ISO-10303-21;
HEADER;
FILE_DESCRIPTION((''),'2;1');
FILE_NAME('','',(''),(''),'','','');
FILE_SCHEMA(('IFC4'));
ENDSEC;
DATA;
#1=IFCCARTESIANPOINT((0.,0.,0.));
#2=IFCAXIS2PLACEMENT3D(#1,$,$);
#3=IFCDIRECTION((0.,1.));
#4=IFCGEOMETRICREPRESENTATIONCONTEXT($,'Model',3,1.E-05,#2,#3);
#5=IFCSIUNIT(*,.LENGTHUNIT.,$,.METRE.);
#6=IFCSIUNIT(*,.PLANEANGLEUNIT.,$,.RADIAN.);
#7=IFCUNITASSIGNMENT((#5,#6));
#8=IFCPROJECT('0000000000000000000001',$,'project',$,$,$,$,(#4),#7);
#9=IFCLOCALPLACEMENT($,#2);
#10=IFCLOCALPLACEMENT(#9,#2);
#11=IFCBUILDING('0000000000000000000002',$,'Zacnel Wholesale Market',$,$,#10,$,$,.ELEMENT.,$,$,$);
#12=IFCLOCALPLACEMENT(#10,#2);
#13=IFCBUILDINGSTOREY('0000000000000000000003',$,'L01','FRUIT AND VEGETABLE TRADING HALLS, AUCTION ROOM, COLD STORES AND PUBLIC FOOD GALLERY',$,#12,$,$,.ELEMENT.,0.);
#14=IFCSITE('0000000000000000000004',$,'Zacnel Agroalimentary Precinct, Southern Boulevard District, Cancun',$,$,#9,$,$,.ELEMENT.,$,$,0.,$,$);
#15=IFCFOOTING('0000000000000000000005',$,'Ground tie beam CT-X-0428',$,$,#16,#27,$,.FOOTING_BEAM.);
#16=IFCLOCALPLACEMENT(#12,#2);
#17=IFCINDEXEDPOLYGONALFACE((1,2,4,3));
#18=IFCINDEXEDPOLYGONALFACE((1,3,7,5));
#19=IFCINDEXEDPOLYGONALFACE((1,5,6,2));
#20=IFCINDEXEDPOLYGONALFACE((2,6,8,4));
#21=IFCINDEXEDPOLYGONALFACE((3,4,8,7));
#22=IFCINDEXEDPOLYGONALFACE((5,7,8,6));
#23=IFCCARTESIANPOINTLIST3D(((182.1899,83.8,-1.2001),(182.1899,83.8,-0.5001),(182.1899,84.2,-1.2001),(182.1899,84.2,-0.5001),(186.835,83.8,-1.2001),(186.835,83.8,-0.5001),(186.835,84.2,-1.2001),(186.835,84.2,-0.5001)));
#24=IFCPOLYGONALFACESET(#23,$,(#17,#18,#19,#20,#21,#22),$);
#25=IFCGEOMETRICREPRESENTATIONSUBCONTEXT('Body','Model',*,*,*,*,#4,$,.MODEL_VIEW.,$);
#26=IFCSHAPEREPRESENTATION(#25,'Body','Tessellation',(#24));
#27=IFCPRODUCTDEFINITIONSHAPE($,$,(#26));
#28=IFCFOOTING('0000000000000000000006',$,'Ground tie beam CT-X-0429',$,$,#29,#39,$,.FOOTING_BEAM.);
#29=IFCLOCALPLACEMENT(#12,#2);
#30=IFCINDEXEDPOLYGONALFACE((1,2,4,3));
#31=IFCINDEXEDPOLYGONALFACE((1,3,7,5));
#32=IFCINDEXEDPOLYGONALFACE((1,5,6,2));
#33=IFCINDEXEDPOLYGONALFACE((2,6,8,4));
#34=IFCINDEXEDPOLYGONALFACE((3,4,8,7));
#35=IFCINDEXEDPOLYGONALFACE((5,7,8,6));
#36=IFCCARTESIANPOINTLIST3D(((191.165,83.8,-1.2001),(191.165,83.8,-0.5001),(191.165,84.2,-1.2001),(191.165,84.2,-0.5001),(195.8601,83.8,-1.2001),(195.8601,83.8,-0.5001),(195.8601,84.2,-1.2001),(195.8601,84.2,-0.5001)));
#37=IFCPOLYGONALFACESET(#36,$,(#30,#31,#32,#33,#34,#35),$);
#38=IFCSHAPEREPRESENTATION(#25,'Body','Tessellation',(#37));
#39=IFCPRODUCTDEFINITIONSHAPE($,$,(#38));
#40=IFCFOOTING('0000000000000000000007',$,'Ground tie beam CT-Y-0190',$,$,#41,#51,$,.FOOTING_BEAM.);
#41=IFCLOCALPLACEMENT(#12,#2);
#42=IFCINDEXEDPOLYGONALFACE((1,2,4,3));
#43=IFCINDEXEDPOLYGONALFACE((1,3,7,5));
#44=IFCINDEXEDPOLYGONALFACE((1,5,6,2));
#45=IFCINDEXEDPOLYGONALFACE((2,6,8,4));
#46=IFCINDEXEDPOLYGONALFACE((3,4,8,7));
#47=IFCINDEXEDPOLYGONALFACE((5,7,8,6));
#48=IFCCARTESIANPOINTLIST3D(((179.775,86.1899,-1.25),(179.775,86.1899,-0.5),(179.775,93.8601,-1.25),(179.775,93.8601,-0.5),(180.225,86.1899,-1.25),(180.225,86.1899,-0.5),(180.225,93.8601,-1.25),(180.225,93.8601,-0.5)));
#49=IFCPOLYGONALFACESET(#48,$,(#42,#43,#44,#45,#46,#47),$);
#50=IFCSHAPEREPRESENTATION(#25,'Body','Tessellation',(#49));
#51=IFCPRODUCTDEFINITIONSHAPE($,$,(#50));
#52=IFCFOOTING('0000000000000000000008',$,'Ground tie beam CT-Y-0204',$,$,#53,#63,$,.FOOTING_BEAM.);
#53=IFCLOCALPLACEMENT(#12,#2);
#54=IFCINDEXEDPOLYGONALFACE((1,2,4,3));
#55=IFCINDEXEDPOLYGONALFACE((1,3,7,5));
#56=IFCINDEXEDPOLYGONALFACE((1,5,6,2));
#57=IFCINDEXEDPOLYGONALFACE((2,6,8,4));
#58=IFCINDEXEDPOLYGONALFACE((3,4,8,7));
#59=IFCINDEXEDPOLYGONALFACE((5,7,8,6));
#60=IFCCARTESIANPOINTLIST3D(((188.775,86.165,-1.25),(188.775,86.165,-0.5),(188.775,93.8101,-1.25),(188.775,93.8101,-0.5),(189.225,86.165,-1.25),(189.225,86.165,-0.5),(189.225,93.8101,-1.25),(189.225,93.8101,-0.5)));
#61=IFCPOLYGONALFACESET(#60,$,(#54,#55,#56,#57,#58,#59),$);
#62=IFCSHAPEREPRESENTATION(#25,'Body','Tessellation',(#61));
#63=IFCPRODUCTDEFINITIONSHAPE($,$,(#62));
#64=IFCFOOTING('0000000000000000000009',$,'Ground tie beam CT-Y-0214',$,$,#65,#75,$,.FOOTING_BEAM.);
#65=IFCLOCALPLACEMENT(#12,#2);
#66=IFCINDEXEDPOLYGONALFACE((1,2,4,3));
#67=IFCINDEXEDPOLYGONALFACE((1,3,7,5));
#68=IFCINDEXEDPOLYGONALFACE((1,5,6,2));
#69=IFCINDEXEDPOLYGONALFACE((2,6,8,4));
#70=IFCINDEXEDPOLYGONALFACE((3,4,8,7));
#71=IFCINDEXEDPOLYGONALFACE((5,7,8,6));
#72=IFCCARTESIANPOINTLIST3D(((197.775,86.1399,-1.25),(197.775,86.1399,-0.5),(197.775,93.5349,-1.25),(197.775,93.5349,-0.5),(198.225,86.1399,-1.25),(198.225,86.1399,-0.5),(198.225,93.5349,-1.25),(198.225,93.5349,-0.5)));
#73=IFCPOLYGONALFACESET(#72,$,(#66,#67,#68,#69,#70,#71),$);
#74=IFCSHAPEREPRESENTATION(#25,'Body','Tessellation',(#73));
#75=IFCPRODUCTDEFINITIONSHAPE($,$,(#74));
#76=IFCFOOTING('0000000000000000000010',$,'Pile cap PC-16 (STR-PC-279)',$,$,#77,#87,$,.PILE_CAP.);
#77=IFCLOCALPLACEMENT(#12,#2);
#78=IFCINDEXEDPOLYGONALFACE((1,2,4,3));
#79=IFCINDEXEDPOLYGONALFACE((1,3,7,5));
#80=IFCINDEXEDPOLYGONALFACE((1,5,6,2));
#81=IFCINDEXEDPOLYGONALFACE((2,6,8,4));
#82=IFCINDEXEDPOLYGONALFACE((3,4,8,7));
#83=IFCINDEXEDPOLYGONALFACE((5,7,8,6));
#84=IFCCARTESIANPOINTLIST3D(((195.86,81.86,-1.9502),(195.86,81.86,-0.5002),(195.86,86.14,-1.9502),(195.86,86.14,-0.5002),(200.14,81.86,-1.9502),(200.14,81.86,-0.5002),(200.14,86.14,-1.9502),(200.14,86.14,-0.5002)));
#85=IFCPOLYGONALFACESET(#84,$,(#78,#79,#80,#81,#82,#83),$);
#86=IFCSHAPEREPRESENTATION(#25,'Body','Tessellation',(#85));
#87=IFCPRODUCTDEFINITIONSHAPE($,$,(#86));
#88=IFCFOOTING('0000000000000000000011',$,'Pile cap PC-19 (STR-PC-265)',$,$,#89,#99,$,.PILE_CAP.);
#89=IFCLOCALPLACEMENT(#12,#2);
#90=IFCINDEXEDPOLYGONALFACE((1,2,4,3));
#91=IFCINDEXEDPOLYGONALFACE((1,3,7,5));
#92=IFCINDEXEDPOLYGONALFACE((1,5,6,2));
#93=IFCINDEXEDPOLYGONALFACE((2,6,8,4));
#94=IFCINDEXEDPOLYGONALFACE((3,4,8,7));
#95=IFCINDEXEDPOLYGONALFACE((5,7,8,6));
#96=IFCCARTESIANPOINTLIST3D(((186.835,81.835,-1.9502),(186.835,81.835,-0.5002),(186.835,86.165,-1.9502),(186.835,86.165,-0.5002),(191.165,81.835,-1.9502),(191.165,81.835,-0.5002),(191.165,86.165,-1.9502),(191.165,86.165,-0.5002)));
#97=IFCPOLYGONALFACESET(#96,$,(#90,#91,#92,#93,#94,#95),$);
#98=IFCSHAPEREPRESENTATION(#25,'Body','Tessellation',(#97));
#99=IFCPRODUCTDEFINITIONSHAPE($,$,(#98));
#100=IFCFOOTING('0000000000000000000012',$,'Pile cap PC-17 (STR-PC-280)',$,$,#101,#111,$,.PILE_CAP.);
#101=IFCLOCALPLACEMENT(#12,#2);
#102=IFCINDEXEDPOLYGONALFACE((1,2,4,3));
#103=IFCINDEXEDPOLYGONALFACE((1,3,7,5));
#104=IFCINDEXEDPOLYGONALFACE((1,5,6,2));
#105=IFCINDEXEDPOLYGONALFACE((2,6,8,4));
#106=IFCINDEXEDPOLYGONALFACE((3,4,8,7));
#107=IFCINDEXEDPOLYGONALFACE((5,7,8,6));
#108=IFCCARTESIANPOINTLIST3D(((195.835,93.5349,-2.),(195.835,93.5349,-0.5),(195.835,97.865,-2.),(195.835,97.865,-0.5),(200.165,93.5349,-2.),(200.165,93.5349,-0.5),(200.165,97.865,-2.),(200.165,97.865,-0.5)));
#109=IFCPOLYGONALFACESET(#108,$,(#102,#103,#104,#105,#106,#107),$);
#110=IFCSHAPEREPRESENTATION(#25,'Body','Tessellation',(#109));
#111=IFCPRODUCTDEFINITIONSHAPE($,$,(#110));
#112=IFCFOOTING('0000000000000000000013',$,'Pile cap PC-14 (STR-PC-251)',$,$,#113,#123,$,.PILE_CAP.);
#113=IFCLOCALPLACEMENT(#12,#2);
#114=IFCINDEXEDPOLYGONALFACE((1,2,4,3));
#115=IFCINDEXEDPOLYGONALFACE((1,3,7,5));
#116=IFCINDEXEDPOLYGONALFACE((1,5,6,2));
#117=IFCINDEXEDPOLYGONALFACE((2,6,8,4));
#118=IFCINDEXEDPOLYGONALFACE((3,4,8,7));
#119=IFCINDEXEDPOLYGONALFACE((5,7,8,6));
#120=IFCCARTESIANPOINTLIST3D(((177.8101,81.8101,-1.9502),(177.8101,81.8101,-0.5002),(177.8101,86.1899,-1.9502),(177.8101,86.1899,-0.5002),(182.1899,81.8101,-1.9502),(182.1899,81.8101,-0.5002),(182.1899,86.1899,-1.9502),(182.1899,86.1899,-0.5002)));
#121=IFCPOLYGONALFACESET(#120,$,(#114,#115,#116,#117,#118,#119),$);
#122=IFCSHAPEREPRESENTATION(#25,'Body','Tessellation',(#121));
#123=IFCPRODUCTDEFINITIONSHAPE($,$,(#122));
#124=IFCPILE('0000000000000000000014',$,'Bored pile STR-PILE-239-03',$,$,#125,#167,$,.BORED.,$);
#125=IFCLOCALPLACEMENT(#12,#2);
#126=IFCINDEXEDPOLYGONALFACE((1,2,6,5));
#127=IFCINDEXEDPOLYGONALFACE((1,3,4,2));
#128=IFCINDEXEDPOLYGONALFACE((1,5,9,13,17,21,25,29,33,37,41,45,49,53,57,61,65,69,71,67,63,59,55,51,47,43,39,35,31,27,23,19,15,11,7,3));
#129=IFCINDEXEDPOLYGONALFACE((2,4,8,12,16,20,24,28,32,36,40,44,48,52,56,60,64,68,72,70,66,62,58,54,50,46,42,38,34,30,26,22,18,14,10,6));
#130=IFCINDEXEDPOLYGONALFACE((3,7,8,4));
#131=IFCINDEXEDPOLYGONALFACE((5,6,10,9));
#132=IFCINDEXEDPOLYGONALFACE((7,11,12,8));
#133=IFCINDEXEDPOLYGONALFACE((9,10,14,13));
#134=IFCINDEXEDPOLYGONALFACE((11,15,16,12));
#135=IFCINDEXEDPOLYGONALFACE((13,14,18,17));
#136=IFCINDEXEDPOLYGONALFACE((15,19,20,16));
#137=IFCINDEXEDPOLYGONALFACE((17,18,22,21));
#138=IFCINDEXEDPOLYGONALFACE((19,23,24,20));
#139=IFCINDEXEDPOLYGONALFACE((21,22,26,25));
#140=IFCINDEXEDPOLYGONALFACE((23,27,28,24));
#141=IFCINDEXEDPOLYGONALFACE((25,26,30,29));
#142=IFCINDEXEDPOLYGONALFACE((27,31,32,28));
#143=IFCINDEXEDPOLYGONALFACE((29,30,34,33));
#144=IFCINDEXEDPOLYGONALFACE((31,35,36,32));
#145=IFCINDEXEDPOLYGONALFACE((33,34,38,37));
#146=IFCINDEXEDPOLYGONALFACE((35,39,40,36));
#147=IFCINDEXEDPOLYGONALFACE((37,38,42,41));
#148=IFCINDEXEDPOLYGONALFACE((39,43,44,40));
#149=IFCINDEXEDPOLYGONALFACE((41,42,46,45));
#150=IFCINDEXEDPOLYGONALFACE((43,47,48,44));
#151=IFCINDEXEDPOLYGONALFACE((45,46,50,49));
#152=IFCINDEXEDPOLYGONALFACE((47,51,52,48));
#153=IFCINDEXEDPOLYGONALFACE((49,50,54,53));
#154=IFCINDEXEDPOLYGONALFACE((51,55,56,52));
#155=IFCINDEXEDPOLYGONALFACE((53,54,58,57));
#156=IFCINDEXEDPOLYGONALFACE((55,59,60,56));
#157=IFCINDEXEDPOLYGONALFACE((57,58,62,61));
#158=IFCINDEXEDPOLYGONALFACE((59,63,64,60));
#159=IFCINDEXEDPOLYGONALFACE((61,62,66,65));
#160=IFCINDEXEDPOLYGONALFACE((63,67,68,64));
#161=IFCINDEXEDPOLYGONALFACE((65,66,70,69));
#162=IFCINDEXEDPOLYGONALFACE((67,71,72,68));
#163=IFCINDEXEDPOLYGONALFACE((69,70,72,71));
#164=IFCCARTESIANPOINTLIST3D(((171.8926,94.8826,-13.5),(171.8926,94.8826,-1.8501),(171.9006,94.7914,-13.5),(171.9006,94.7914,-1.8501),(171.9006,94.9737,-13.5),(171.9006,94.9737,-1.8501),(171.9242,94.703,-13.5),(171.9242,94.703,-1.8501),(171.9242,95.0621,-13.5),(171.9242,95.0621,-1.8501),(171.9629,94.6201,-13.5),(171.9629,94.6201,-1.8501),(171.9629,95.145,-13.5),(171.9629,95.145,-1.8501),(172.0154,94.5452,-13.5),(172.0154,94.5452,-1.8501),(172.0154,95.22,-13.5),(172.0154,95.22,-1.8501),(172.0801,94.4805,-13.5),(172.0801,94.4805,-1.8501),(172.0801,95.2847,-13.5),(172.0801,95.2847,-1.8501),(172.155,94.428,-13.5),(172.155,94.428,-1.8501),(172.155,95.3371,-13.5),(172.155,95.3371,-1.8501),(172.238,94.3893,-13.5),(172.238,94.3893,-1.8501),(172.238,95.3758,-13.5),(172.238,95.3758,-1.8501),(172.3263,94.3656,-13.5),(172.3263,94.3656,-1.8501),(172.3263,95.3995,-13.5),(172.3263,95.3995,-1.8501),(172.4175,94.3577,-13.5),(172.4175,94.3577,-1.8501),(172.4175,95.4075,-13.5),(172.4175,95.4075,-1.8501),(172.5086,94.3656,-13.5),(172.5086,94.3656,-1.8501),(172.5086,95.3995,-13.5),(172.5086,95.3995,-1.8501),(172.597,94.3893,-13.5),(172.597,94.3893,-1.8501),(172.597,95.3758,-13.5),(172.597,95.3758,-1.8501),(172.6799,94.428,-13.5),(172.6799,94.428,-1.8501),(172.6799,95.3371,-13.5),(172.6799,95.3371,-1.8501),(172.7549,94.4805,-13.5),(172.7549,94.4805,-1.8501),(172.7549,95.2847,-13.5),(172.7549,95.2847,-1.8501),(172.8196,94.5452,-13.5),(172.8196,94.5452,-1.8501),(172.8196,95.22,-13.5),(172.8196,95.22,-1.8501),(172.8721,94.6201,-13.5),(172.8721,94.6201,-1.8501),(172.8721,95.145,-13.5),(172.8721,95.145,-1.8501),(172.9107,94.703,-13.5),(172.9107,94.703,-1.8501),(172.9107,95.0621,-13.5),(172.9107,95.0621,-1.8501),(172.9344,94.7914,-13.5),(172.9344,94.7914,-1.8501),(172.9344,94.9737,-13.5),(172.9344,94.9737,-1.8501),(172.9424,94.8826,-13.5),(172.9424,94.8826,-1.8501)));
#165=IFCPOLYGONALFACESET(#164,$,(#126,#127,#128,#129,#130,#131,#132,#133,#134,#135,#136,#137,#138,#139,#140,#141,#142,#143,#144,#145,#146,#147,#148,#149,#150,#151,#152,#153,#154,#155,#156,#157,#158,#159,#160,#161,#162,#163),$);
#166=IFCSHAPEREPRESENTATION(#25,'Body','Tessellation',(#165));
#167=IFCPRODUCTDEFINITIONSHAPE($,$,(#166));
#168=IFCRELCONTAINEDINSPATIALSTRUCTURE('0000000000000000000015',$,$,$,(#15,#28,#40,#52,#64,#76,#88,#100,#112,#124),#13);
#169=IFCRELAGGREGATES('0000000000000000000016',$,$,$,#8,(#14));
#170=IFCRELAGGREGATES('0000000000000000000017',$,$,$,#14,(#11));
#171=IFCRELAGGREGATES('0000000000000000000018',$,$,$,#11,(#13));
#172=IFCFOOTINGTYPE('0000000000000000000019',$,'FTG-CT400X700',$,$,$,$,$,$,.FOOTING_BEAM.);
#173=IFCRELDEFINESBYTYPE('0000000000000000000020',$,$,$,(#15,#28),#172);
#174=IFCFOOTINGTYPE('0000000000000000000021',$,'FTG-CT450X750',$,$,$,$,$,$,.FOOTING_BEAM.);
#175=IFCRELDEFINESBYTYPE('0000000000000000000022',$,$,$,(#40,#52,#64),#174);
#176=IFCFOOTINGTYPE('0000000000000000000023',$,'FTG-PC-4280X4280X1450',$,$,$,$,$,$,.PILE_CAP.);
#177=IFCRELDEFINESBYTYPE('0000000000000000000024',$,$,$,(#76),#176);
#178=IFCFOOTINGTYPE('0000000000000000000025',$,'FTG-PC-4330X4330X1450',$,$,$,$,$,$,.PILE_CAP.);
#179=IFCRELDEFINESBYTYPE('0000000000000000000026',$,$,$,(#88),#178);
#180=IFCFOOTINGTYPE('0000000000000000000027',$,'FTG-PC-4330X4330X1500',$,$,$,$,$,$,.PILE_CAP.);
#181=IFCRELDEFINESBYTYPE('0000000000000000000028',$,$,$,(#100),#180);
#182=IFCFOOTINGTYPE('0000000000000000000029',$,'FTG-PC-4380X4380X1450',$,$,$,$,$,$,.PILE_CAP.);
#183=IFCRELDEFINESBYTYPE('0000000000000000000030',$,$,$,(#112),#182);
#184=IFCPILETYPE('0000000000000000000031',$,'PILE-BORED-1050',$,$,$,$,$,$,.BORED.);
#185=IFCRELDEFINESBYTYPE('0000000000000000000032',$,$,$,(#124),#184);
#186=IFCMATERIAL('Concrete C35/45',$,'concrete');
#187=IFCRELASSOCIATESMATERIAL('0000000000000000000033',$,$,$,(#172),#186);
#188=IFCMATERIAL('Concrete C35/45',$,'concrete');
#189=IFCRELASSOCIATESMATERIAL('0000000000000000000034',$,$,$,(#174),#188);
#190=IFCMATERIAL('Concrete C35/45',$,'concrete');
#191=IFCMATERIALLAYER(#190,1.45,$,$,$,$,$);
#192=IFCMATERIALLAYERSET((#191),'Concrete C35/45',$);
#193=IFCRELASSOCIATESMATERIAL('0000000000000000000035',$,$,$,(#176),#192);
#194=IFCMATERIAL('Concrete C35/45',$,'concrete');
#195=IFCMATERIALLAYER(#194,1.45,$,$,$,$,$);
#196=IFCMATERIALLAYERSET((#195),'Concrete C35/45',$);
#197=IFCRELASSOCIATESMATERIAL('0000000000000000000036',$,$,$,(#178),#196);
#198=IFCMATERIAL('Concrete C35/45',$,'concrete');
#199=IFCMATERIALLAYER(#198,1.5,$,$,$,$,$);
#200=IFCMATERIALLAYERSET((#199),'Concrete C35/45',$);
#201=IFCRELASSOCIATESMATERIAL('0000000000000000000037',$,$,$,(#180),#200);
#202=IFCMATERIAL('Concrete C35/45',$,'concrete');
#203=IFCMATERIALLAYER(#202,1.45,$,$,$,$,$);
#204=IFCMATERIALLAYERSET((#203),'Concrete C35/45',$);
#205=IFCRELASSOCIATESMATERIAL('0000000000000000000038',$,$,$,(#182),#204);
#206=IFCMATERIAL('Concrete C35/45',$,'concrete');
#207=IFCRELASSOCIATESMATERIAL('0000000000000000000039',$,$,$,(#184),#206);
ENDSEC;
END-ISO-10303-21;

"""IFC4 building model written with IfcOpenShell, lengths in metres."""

from ifc_helpers import new_model, si_unit, direction, frame, origin, origin_2d, place, context, subcontext, project, spatial, rectangle, circle, extrude, material, layer, layer_set, material_profile, profile_set, type_object, element, save


model = new_model("IFC4")

# Units and contexts
model_context = context("Model", 3, precision=1e-05, world=origin(), true_north=direction((0.0, 1.0)))
body_context = subcontext(model_context, "Body", "Model", "MODEL_VIEW")
ifc_project = project(units=[si_unit("LENGTHUNIT", "METRE"), si_unit("PLANEANGLEUNIT", "RADIAN")], contexts=[model_context])

# Site, building, storey
site_placement = place(None, origin())
site = spatial("IfcSite", under=ifc_project, at=site_placement, Name="Zacnel Agroalimentary Precinct, Southern Boulevard District, Cancun", CompositionType="ELEMENT", RefElevation=0.0)
building_placement = place(site_placement, origin())
building = spatial("IfcBuilding", under=site, at=building_placement, Name="Zacnel Wholesale Market", CompositionType="ELEMENT")
storey_placement = place(building_placement, origin())
storey = spatial("IfcBuildingStorey", under=building, at=storey_placement, Name="L01", Description="FRUIT AND VEGETABLE TRADING HALLS, AUCTION ROOM, COLD STORES AND PUBLIC FOOD GALLERY", CompositionType="ELEMENT", Elevation=0.0)

# Footings
ifc_material_1 = material(Name="Concrete C35/45", Category="concrete")
ifc_material_profile_1 = material_profile(ifc_material_1, rectangle(XDim=0.3999, YDim=0.7, at=origin_2d()), Name="CT 400x700")
ifc_profile_set_1 = profile_set([ifc_material_profile_1], Name="Concrete C35/45")
footing_type_1 = type_object("IfcFootingType", Name="FTG-CT400X700", PredefinedType="FOOTING_BEAM", material=ifc_profile_set_1)
footing_1_placement = place(storey_placement, frame((182.1899, 84.0, -0.8501), z_axis=(1.0, 0.0, 0.0), x_axis=(0.0, 1.0, 0.0)))
element("IfcFooting", 1, at=footing_1_placement, inside=storey, type_object=footing_type_1, Name="Ground tie beam CT-X-0428", PredefinedType="FOOTING_BEAM", context=body_context, shape_type="SweptSolid", body=[
    extrude(rectangle(XDim=0.3999, YDim=0.7, at=origin_2d()), origin(), (0.0, 0.0, 1.0), 4.645),
])
footing_2_placement = place(storey_placement, frame((191.165, 84.0, -0.8501), z_axis=(1.0, 0.0, 0.0), x_axis=(0.0, 1.0, 0.0)))
element("IfcFooting", 2, at=footing_2_placement, inside=storey, type_object=footing_type_1, Name="Ground tie beam CT-X-0429", PredefinedType="FOOTING_BEAM", context=body_context, shape_type="SweptSolid", body=[
    extrude(rectangle(XDim=0.3999, YDim=0.7, at=origin_2d()), origin(), (0.0, 0.0, 1.0), 4.6951),
])
ifc_material_2 = material(Name="Concrete C35/45", Category="concrete")
ifc_material_profile_2 = material_profile(ifc_material_2, rectangle(XDim=0.45, YDim=0.75, at=origin_2d()), Name="CT 450x750")
ifc_profile_set_2 = profile_set([ifc_material_profile_2], Name="Concrete C35/45")
footing_type_2 = type_object("IfcFootingType", Name="FTG-CT450X750", PredefinedType="FOOTING_BEAM", material=ifc_profile_set_2)
footing_3_placement = place(storey_placement, frame((180.0, 86.1899, -0.875), z_axis=(0.0, 1.0, 0.0), x_axis=(-1.0, 0.0, 0.0)))
element("IfcFooting", 3, at=footing_3_placement, inside=storey, type_object=footing_type_2, Name="Ground tie beam CT-Y-0190", PredefinedType="FOOTING_BEAM", context=body_context, shape_type="SweptSolid", body=[
    extrude(rectangle(XDim=0.45, YDim=0.75, at=origin_2d()), origin(), (0.0, 0.0, 1.0), 7.6702),
])
footing_4_placement = place(storey_placement, frame((189.0, 86.165, -0.875), z_axis=(0.0, 1.0, 0.0), x_axis=(-1.0, 0.0, 0.0)))
element("IfcFooting", 4, at=footing_4_placement, inside=storey, type_object=footing_type_2, Name="Ground tie beam CT-Y-0204", PredefinedType="FOOTING_BEAM", context=body_context, shape_type="SweptSolid", body=[
    extrude(rectangle(XDim=0.45, YDim=0.75, at=origin_2d()), origin(), (0.0, 0.0, 1.0), 7.645),
])
footing_5_placement = place(storey_placement, frame((198.0, 86.1399, -0.875), z_axis=(0.0, 1.0, 0.0), x_axis=(-1.0, 0.0, 0.0)))
element("IfcFooting", 5, at=footing_5_placement, inside=storey, type_object=footing_type_2, Name="Ground tie beam CT-Y-0214", PredefinedType="FOOTING_BEAM", context=body_context, shape_type="SweptSolid", body=[
    extrude(rectangle(XDim=0.45, YDim=0.75, at=origin_2d()), origin(), (0.0, 0.0, 1.0), 7.395),
])
ifc_material_3 = material(Name="Concrete C35/45", Category="concrete")
ifc_layer_1 = layer(ifc_material_3, 1.45)
ifc_layer_set_1 = layer_set([ifc_layer_1], Name="Concrete C35/45")
footing_type_3 = type_object("IfcFootingType", Name="FTG-PC-4280X4280X1450", PredefinedType="PILE_CAP", material=ifc_layer_set_1)
footing_6_placement = place(storey_placement, frame((198.0, 84.0, -1.9502), z_axis=(0.0, 0.0, 1.0), x_axis=(1.0, 0.0, 0.0)))
element("IfcFooting", 6, at=footing_6_placement, inside=storey, type_object=footing_type_3, Name="Pile cap PC-16 (STR-PC-279)", PredefinedType="PILE_CAP", context=body_context, shape_type="SweptSolid", body=[
    extrude(rectangle(XDim=4.28, YDim=4.28, at=origin_2d()), origin(), (0.0, 0.0, 1.0), 1.45),
])
ifc_material_4 = material(Name="Concrete C35/45", Category="concrete")
ifc_layer_2 = layer(ifc_material_4, 1.45)
ifc_layer_set_2 = layer_set([ifc_layer_2], Name="Concrete C35/45")
footing_type_4 = type_object("IfcFootingType", Name="FTG-PC-4330X4330X1450", PredefinedType="PILE_CAP", material=ifc_layer_set_2)
footing_7_placement = place(storey_placement, frame((189.0, 84.0, -1.9502), z_axis=(0.0, 0.0, 1.0), x_axis=(1.0, 0.0, 0.0)))
element("IfcFooting", 7, at=footing_7_placement, inside=storey, type_object=footing_type_4, Name="Pile cap PC-19 (STR-PC-265)", PredefinedType="PILE_CAP", context=body_context, shape_type="SweptSolid", body=[
    extrude(rectangle(XDim=4.3301, YDim=4.3301, at=origin_2d()), origin(), (0.0, 0.0, 1.0), 1.45),
])
ifc_material_5 = material(Name="Concrete C35/45", Category="concrete")
ifc_layer_3 = layer(ifc_material_5, 1.5)
ifc_layer_set_3 = layer_set([ifc_layer_3], Name="Concrete C35/45")
footing_type_5 = type_object("IfcFootingType", Name="FTG-PC-4330X4330X1500", PredefinedType="PILE_CAP", material=ifc_layer_set_3)
footing_8_placement = place(storey_placement, frame((198.0, 95.7, -2.0), z_axis=(0.0, 0.0, 1.0), x_axis=(1.0, 0.0, 0.0)))
element("IfcFooting", 8, at=footing_8_placement, inside=storey, type_object=footing_type_5, Name="Pile cap PC-17 (STR-PC-280)", PredefinedType="PILE_CAP", context=body_context, shape_type="SweptSolid", body=[
    extrude(rectangle(XDim=4.3301, YDim=4.3301, at=origin_2d()), origin(), (0.0, 0.0, 1.0), 1.5),
])
ifc_material_6 = material(Name="Concrete C35/45", Category="concrete")
ifc_layer_4 = layer(ifc_material_6, 1.45)
ifc_layer_set_4 = layer_set([ifc_layer_4], Name="Concrete C35/45")
footing_type_6 = type_object("IfcFootingType", Name="FTG-PC-4380X4380X1450", PredefinedType="PILE_CAP", material=ifc_layer_set_4)
footing_9_placement = place(storey_placement, frame((180.0, 84.0, -1.9502), z_axis=(0.0, 0.0, 1.0), x_axis=(1.0, 0.0, 0.0)))
element("IfcFooting", 9, at=footing_9_placement, inside=storey, type_object=footing_type_6, Name="Pile cap PC-14 (STR-PC-251)", PredefinedType="PILE_CAP", context=body_context, shape_type="SweptSolid", body=[
    extrude(rectangle(XDim=4.3799, YDim=4.3799, at=origin_2d()), origin(), (0.0, 0.0, 1.0), 1.45),
])

# Pile
ifc_material_7 = material(Name="Concrete C35/45", Category="concrete")
ifc_material_profile_3 = material_profile(ifc_material_7, circle(Radius=0.5249, at=origin_2d()), Name="BORED PILE D1050")
ifc_profile_set_3 = profile_set([ifc_material_profile_3], Name="Concrete C35/45")
pile_type = type_object("IfcPileType", Name="PILE-BORED-1050", PredefinedType="BORED", material=ifc_profile_set_3)
for number, where, z_axis, x_axis, name in (
    (10, (172.4175, 94.8826, -1.8501), (0.0, 0.0, -1.0), (1.0, 0.0, 0.0), "Bored pile STR-PILE-239-03"),
):
    element("IfcPile", number, at=place(storey_placement, frame(where, z_axis=z_axis, x_axis=x_axis)), inside=storey, type_object=pile_type, Name=name, PredefinedType="BORED", context=body_context, shape_type="SweptSolid", body=[
        extrude(circle(Radius=0.5249, at=origin_2d()), origin(), (0.0, 0.0, 1.0), 11.6499),
    ])

save(model, "model.ifc")
